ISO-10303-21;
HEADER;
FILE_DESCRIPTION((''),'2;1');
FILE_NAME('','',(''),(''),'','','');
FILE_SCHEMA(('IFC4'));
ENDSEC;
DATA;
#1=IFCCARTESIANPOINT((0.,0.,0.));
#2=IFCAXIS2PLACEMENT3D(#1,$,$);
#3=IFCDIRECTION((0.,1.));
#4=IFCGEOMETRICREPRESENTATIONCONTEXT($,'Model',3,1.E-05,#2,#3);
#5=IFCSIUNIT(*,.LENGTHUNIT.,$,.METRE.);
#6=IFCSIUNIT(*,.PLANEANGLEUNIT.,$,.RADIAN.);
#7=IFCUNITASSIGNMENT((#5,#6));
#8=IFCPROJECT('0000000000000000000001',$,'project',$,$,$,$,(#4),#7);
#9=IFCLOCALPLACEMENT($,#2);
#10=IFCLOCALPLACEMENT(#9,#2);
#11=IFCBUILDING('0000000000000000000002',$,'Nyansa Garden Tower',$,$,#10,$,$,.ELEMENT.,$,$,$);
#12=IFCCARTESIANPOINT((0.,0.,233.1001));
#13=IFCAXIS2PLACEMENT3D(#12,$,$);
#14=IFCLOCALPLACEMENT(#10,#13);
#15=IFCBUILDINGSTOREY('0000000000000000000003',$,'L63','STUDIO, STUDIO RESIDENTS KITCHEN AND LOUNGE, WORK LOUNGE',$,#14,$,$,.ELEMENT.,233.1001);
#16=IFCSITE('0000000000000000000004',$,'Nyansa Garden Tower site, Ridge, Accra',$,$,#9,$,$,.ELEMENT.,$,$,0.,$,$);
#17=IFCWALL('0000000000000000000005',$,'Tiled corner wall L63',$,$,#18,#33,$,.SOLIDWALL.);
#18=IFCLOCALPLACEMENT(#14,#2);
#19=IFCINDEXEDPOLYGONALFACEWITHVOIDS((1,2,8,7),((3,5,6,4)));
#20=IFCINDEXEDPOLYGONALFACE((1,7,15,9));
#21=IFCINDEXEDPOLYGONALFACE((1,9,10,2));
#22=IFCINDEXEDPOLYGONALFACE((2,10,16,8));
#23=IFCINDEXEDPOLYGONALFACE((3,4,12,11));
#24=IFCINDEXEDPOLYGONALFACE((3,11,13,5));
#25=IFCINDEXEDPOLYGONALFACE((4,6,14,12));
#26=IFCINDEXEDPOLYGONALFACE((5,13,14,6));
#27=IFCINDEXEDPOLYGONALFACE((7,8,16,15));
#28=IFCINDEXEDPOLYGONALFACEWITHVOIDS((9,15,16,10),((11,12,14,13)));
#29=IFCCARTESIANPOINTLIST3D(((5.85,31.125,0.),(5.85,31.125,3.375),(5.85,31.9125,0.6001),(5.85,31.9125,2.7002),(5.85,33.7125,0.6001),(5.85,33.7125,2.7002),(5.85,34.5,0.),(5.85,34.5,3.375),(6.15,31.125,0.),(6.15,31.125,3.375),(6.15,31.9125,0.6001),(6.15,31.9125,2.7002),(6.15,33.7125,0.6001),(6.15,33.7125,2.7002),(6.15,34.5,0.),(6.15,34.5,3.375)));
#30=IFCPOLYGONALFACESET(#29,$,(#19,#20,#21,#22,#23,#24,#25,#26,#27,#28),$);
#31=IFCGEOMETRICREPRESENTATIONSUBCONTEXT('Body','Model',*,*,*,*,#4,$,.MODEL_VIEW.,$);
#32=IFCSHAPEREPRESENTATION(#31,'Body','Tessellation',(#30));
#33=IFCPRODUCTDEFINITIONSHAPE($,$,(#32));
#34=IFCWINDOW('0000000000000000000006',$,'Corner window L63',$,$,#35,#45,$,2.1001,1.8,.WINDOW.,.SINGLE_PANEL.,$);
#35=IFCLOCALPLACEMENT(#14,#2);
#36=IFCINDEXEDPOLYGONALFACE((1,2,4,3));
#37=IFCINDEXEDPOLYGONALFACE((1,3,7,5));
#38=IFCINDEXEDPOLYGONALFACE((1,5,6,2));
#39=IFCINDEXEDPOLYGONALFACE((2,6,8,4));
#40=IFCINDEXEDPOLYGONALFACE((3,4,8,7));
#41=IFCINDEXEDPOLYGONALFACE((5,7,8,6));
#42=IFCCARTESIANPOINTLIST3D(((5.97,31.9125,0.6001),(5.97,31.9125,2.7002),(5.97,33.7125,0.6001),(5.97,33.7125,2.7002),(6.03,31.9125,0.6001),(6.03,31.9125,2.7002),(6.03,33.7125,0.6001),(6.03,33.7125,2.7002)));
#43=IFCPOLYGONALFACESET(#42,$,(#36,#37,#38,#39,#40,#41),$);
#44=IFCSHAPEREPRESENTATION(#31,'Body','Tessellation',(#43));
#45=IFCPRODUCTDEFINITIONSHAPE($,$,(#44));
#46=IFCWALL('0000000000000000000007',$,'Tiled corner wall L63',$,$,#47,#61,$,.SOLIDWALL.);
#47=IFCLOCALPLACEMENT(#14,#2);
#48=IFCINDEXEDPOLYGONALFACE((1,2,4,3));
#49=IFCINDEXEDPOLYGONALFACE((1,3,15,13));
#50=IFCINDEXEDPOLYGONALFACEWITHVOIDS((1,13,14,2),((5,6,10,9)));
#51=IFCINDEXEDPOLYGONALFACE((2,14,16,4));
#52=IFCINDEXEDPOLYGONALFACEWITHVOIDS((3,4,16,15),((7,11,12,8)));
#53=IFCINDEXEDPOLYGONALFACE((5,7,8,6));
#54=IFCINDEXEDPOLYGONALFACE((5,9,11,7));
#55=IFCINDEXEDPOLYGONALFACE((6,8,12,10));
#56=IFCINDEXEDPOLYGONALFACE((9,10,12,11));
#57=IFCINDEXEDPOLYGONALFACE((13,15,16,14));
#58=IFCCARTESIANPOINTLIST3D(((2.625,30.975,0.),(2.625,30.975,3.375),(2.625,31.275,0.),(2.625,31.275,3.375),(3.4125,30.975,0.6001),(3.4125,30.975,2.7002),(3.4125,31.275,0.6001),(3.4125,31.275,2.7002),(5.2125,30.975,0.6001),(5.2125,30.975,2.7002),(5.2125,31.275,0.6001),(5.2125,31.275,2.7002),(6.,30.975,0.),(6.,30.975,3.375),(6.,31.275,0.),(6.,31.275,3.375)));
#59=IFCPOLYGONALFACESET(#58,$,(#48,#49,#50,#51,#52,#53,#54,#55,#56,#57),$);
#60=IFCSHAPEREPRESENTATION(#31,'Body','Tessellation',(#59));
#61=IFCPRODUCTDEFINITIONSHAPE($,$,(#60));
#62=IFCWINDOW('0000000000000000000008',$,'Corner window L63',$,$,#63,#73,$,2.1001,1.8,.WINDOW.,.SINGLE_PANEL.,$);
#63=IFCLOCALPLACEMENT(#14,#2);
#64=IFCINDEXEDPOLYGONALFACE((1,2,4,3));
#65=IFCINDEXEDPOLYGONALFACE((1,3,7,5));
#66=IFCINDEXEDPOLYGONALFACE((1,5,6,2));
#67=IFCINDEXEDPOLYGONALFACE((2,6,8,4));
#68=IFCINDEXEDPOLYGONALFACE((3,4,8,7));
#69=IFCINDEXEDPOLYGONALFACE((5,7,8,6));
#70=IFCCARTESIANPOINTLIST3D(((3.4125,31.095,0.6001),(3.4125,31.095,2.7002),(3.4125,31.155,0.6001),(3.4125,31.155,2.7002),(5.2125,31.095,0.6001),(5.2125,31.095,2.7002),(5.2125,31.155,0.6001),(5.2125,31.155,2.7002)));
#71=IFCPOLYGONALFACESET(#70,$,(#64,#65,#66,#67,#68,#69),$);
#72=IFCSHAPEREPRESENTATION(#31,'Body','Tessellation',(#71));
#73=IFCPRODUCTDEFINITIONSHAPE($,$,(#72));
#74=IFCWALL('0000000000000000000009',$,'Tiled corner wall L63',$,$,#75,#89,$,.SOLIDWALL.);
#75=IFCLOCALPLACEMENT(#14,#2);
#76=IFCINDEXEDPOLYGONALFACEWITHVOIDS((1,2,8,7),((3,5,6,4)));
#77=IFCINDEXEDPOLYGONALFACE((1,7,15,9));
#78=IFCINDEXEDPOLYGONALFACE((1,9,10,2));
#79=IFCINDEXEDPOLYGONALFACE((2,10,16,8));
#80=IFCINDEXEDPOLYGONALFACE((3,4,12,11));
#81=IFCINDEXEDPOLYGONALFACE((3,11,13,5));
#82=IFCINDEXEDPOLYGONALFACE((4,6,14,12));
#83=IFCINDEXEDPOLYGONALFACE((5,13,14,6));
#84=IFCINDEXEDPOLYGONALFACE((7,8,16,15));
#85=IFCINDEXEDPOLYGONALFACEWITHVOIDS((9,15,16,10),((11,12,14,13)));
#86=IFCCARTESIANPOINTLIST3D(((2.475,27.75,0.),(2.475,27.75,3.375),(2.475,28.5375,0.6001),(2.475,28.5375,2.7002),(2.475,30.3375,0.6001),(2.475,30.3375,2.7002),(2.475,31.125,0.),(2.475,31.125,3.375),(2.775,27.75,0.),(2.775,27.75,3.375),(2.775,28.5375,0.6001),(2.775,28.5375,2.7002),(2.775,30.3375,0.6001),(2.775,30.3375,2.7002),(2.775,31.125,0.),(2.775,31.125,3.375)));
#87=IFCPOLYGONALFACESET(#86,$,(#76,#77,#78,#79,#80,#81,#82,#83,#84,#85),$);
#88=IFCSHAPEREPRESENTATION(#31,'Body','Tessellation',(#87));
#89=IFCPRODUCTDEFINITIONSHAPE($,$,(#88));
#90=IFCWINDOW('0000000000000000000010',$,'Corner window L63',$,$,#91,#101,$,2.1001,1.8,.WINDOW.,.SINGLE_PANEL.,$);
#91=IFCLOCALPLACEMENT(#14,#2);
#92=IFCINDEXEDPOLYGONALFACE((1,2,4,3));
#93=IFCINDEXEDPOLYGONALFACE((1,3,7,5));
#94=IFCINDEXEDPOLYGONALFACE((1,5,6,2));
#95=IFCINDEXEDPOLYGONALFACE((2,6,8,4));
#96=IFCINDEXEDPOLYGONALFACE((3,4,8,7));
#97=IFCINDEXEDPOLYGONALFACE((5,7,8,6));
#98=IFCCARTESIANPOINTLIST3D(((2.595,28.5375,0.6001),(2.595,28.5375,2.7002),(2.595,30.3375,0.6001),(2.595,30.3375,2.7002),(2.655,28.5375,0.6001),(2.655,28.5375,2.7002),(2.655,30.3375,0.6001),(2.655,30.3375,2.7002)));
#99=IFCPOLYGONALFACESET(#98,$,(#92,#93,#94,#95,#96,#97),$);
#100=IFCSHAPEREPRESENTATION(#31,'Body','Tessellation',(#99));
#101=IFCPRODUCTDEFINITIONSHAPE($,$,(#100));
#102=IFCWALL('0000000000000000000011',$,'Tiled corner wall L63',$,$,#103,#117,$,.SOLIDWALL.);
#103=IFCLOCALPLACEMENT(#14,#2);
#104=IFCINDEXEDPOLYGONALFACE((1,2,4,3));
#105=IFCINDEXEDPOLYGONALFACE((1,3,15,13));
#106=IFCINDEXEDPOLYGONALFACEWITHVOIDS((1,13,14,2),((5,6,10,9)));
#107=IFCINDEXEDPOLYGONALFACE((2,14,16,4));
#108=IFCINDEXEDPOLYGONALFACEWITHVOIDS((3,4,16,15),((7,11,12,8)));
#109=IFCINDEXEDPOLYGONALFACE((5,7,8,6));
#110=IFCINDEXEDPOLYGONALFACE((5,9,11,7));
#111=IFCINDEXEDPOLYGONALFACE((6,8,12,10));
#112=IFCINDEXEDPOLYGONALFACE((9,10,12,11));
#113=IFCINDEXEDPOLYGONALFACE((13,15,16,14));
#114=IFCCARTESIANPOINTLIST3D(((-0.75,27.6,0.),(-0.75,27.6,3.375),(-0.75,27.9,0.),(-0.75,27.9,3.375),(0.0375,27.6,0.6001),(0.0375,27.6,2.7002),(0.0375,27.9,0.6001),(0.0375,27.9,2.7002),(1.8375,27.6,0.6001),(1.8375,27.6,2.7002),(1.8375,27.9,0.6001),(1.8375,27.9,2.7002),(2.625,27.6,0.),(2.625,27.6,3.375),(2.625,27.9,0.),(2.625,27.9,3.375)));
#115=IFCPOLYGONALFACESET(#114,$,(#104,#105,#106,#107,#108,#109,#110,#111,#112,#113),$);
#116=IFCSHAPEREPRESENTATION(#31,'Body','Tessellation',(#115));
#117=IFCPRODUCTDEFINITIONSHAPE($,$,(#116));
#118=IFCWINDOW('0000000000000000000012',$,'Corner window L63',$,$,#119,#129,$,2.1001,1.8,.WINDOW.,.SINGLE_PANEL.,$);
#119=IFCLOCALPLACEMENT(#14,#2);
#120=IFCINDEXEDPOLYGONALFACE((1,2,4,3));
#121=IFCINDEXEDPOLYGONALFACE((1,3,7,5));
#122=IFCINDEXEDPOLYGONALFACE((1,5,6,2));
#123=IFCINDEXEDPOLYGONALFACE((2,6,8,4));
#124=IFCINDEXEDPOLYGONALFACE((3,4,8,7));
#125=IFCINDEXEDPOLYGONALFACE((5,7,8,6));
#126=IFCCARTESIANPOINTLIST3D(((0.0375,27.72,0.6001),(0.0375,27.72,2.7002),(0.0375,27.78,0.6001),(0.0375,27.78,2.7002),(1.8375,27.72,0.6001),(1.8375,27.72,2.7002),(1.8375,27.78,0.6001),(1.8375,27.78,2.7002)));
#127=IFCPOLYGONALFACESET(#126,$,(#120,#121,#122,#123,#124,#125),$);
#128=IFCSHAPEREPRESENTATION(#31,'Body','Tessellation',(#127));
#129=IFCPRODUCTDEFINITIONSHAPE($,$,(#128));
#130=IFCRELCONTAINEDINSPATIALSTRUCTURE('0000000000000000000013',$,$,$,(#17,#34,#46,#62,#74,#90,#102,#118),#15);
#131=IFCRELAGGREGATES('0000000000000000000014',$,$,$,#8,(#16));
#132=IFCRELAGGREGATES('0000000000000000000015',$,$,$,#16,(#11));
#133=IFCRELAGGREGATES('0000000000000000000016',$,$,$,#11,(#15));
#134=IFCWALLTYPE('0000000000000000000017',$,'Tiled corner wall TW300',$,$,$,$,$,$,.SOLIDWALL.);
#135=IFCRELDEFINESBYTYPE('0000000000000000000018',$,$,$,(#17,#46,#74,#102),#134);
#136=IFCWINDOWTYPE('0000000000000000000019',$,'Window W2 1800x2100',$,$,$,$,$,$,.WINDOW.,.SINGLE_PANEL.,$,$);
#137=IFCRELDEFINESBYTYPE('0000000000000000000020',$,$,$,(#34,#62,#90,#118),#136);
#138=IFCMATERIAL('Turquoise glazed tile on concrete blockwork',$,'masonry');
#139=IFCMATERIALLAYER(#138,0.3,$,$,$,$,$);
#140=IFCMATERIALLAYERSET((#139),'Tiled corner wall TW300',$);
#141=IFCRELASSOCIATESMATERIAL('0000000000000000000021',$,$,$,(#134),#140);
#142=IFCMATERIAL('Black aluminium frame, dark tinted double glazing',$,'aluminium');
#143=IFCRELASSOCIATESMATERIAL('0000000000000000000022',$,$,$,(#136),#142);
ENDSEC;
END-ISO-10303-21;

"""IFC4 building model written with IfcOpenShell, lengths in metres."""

from ifc_helpers import new_model, si_unit, direction, frame, frame_2d, origin, place, context, subcontext, project, spatial, rectangle, extrude, material, layer, layer_set, type_object, element, fill, save


model = new_model("IFC4")

# Units and contexts
model_context = context("Model", 3, precision=1e-05, world=origin(), true_north=direction((0.0, 1.0)))
body_context = subcontext(model_context, "Body", "Model", "MODEL_VIEW")
ifc_project = project(units=[si_unit("LENGTHUNIT", "METRE"), si_unit("PLANEANGLEUNIT", "RADIAN")], contexts=[model_context])

# Site, building, storey
site_placement = place(None, origin())
site = spatial("IfcSite", under=ifc_project, at=site_placement, Name="Nyansa Garden Tower site, Ridge, Accra", CompositionType="ELEMENT", RefElevation=0.0)
building_placement = place(site_placement, origin())
building = spatial("IfcBuilding", under=site, at=building_placement, Name="Nyansa Garden Tower", CompositionType="ELEMENT")
storey_placement = place(building_placement, frame((0.0, 0.0, 233.1001)))
storey = spatial("IfcBuildingStorey", under=building, at=storey_placement, Name="L63", Description="STUDIO, STUDIO RESIDENTS KITCHEN AND LOUNGE, WORK LOUNGE", CompositionType="ELEMENT", Elevation=233.1001)

# Walls, openings, windows
ifc_material_1 = material(Name="Turquoise glazed tile on concrete blockwork", Category="masonry")
ifc_layer_1 = layer(ifc_material_1, 0.3)
ifc_layer_set_1 = layer_set([ifc_layer_1], Name="Tiled corner wall TW300")
wall_type_1 = type_object("IfcWallType", Name="Tiled corner wall TW300", PredefinedType="SOLIDWALL", material=ifc_layer_set_1)
wall_1_placement = place(storey_placement, frame((6.0, 34.5, 0.0), z_axis=(0.0, 0.0, 1.0), x_axis=(0.0, -1.0, 0.0)))
wall_1 = element("IfcWall", 1, at=wall_1_placement, inside=storey, type_object=wall_type_1, Name="Tiled corner wall L63", PredefinedType="SOLIDWALL", context=body_context, shape_type="SweptSolid", body=[
    extrude(rectangle(XDim=3.375, YDim=0.3, at=frame_2d((1.6875, 0.0))), origin(), (0.0, 0.0, 1.0), 3.375),
])
opening_1_placement = place(wall_1_placement, frame((0.7876, 0.0, 0.6001)))
opening_1 = element("IfcOpeningElement", 2, at=opening_1_placement, cuts=wall_1, PredefinedType="OPENING", context=body_context, shape_type="SweptSolid", body=[
    extrude(rectangle(XDim=1.8, YDim=2.1001, at=frame_2d((0.8999, 1.05))), frame((0.0, 0.1599, 0.0), z_axis=(0.0, -1.0, 0.0), x_axis=(1.0, 0.0, 0.0)), (0.0, 0.0, 1.0), 0.3201),
])
ifc_material_2 = material(Name="Black aluminium frame, dark tinted double glazing", Category="aluminium")
window_type = type_object("IfcWindowType", Name="Window W2 1800x2100", PartitioningType="SINGLE_PANEL", PredefinedType="WINDOW", material=ifc_material_2)
window_1_placement = place(opening_1_placement, origin())
window_1 = element("IfcWindow", 3, at=window_1_placement, inside=storey, type_object=window_type, Name="Corner window L63", OverallHeight=2.1001, OverallWidth=1.8, PartitioningType="SINGLE_PANEL", PredefinedType="WINDOW", context=body_context, shape_type="SweptSolid", body=[
    extrude(rectangle(XDim=1.8, YDim=2.1001, at=frame_2d((0.8999, 1.05))), frame((0.0, 0.03, 0.0), z_axis=(0.0, -1.0, 0.0), x_axis=(1.0, 0.0, 0.0)), (0.0, 0.0, 1.0), 0.0601),
])
fill(opening_1, window_1)
wall_2_placement = place(storey_placement, frame((6.0, 31.125, 0.0), z_axis=(0.0, 0.0, 1.0), x_axis=(-1.0, 0.0, 0.0)))
wall_2 = element("IfcWall", 4, at=wall_2_placement, inside=storey, type_object=wall_type_1, Name="Tiled corner wall L63", PredefinedType="SOLIDWALL", context=body_context, shape_type="SweptSolid", body=[
    extrude(rectangle(XDim=3.375, YDim=0.3, at=frame_2d((1.6875, 0.0))), origin(), (0.0, 0.0, 1.0), 3.375),
])
opening_2_placement = place(wall_2_placement, frame((0.7876, 0.0, 0.6001)))
opening_2 = element("IfcOpeningElement", 5, at=opening_2_placement, cuts=wall_2, PredefinedType="OPENING", context=body_context, shape_type="SweptSolid", body=[
    extrude(rectangle(XDim=1.8, YDim=2.1001, at=frame_2d((0.8999, 1.05))), frame((0.0, 0.1599, 0.0), z_axis=(0.0, -1.0, 0.0), x_axis=(1.0, 0.0, 0.0)), (0.0, 0.0, 1.0), 0.3201),
])
window_2_placement = place(opening_2_placement, origin())
window_2 = element("IfcWindow", 6, at=window_2_placement, inside=storey, type_object=window_type, Name="Corner window L63", OverallHeight=2.1001, OverallWidth=1.8, PartitioningType="SINGLE_PANEL", PredefinedType="WINDOW", context=body_context, shape_type="SweptSolid", body=[
    extrude(rectangle(XDim=1.8, YDim=2.1001, at=frame_2d((0.8999, 1.05))), frame((0.0, 0.03, 0.0), z_axis=(0.0, -1.0, 0.0), x_axis=(1.0, 0.0, 0.0)), (0.0, 0.0, 1.0), 0.0601),
])
fill(opening_2, window_2)
wall_3_placement = place(storey_placement, frame((2.625, 31.125, 0.0), z_axis=(0.0, 0.0, 1.0), x_axis=(0.0, -1.0, 0.0)))
wall_3 = element("IfcWall", 7, at=wall_3_placement, inside=storey, type_object=wall_type_1, Name="Tiled corner wall L63", PredefinedType="SOLIDWALL", context=body_context, shape_type="SweptSolid", body=[
    extrude(rectangle(XDim=3.375, YDim=0.3, at=frame_2d((1.6875, 0.0))), origin(), (0.0, 0.0, 1.0), 3.375),
])
opening_3_placement = place(wall_3_placement, frame((0.7876, 0.0, 0.6001)))
opening_3 = element("IfcOpeningElement", 8, at=opening_3_placement, cuts=wall_3, PredefinedType="OPENING", context=body_context, shape_type="SweptSolid", body=[
    extrude(rectangle(XDim=1.8, YDim=2.1001, at=frame_2d((0.8999, 1.05))), frame((0.0, 0.1599, 0.0), z_axis=(0.0, -1.0, 0.0), x_axis=(1.0, 0.0, 0.0)), (0.0, 0.0, 1.0), 0.3201),
])
window_3_placement = place(opening_3_placement, origin())
window_3 = element("IfcWindow", 9, at=window_3_placement, inside=storey, type_object=window_type, Name="Corner window L63", OverallHeight=2.1001, OverallWidth=1.8, PartitioningType="SINGLE_PANEL", PredefinedType="WINDOW", context=body_context, shape_type="SweptSolid", body=[
    extrude(rectangle(XDim=1.8, YDim=2.1001, at=frame_2d((0.8999, 1.05))), frame((0.0, 0.03, 0.0), z_axis=(0.0, -1.0, 0.0), x_axis=(1.0, 0.0, 0.0)), (0.0, 0.0, 1.0), 0.0601),
])
fill(opening_3, window_3)
wall_4_placement = place(storey_placement, frame((2.625, 27.75, 0.0), z_axis=(0.0, 0.0, 1.0), x_axis=(-1.0, 0.0, 0.0)))
wall_4 = element("IfcWall", 10, at=wall_4_placement, inside=storey, type_object=wall_type_1, Name="Tiled corner wall L63", PredefinedType="SOLIDWALL", context=body_context, shape_type="SweptSolid", body=[
    extrude(rectangle(XDim=3.375, YDim=0.3, at=frame_2d((1.6875, 0.0))), origin(), (0.0, 0.0, 1.0), 3.375),
])
opening_4_placement = place(wall_4_placement, frame((0.7876, 0.0, 0.6001)))
opening_4 = element("IfcOpeningElement", 11, at=opening_4_placement, cuts=wall_4, PredefinedType="OPENING", context=body_context, shape_type="SweptSolid", body=[
    extrude(rectangle(XDim=1.8, YDim=2.1001, at=frame_2d((0.8999, 1.05))), frame((0.0, 0.1599, 0.0), z_axis=(0.0, -1.0, 0.0), x_axis=(1.0, 0.0, 0.0)), (0.0, 0.0, 1.0), 0.3201),
])
window_4_placement = place(opening_4_placement, origin())
window_4 = element("IfcWindow", 12, at=window_4_placement, inside=storey, type_object=window_type, Name="Corner window L63", OverallHeight=2.1001, OverallWidth=1.8, PartitioningType="SINGLE_PANEL", PredefinedType="WINDOW", context=body_context, shape_type="SweptSolid", body=[
    extrude(rectangle(XDim=1.8, YDim=2.1001, at=frame_2d((0.8999, 1.05))), frame((0.0, 0.03, 0.0), z_axis=(0.0, -1.0, 0.0), x_axis=(1.0, 0.0, 0.0)), (0.0, 0.0, 1.0), 0.0601),
])
fill(opening_4, window_4)

save(model, "model.ifc")
